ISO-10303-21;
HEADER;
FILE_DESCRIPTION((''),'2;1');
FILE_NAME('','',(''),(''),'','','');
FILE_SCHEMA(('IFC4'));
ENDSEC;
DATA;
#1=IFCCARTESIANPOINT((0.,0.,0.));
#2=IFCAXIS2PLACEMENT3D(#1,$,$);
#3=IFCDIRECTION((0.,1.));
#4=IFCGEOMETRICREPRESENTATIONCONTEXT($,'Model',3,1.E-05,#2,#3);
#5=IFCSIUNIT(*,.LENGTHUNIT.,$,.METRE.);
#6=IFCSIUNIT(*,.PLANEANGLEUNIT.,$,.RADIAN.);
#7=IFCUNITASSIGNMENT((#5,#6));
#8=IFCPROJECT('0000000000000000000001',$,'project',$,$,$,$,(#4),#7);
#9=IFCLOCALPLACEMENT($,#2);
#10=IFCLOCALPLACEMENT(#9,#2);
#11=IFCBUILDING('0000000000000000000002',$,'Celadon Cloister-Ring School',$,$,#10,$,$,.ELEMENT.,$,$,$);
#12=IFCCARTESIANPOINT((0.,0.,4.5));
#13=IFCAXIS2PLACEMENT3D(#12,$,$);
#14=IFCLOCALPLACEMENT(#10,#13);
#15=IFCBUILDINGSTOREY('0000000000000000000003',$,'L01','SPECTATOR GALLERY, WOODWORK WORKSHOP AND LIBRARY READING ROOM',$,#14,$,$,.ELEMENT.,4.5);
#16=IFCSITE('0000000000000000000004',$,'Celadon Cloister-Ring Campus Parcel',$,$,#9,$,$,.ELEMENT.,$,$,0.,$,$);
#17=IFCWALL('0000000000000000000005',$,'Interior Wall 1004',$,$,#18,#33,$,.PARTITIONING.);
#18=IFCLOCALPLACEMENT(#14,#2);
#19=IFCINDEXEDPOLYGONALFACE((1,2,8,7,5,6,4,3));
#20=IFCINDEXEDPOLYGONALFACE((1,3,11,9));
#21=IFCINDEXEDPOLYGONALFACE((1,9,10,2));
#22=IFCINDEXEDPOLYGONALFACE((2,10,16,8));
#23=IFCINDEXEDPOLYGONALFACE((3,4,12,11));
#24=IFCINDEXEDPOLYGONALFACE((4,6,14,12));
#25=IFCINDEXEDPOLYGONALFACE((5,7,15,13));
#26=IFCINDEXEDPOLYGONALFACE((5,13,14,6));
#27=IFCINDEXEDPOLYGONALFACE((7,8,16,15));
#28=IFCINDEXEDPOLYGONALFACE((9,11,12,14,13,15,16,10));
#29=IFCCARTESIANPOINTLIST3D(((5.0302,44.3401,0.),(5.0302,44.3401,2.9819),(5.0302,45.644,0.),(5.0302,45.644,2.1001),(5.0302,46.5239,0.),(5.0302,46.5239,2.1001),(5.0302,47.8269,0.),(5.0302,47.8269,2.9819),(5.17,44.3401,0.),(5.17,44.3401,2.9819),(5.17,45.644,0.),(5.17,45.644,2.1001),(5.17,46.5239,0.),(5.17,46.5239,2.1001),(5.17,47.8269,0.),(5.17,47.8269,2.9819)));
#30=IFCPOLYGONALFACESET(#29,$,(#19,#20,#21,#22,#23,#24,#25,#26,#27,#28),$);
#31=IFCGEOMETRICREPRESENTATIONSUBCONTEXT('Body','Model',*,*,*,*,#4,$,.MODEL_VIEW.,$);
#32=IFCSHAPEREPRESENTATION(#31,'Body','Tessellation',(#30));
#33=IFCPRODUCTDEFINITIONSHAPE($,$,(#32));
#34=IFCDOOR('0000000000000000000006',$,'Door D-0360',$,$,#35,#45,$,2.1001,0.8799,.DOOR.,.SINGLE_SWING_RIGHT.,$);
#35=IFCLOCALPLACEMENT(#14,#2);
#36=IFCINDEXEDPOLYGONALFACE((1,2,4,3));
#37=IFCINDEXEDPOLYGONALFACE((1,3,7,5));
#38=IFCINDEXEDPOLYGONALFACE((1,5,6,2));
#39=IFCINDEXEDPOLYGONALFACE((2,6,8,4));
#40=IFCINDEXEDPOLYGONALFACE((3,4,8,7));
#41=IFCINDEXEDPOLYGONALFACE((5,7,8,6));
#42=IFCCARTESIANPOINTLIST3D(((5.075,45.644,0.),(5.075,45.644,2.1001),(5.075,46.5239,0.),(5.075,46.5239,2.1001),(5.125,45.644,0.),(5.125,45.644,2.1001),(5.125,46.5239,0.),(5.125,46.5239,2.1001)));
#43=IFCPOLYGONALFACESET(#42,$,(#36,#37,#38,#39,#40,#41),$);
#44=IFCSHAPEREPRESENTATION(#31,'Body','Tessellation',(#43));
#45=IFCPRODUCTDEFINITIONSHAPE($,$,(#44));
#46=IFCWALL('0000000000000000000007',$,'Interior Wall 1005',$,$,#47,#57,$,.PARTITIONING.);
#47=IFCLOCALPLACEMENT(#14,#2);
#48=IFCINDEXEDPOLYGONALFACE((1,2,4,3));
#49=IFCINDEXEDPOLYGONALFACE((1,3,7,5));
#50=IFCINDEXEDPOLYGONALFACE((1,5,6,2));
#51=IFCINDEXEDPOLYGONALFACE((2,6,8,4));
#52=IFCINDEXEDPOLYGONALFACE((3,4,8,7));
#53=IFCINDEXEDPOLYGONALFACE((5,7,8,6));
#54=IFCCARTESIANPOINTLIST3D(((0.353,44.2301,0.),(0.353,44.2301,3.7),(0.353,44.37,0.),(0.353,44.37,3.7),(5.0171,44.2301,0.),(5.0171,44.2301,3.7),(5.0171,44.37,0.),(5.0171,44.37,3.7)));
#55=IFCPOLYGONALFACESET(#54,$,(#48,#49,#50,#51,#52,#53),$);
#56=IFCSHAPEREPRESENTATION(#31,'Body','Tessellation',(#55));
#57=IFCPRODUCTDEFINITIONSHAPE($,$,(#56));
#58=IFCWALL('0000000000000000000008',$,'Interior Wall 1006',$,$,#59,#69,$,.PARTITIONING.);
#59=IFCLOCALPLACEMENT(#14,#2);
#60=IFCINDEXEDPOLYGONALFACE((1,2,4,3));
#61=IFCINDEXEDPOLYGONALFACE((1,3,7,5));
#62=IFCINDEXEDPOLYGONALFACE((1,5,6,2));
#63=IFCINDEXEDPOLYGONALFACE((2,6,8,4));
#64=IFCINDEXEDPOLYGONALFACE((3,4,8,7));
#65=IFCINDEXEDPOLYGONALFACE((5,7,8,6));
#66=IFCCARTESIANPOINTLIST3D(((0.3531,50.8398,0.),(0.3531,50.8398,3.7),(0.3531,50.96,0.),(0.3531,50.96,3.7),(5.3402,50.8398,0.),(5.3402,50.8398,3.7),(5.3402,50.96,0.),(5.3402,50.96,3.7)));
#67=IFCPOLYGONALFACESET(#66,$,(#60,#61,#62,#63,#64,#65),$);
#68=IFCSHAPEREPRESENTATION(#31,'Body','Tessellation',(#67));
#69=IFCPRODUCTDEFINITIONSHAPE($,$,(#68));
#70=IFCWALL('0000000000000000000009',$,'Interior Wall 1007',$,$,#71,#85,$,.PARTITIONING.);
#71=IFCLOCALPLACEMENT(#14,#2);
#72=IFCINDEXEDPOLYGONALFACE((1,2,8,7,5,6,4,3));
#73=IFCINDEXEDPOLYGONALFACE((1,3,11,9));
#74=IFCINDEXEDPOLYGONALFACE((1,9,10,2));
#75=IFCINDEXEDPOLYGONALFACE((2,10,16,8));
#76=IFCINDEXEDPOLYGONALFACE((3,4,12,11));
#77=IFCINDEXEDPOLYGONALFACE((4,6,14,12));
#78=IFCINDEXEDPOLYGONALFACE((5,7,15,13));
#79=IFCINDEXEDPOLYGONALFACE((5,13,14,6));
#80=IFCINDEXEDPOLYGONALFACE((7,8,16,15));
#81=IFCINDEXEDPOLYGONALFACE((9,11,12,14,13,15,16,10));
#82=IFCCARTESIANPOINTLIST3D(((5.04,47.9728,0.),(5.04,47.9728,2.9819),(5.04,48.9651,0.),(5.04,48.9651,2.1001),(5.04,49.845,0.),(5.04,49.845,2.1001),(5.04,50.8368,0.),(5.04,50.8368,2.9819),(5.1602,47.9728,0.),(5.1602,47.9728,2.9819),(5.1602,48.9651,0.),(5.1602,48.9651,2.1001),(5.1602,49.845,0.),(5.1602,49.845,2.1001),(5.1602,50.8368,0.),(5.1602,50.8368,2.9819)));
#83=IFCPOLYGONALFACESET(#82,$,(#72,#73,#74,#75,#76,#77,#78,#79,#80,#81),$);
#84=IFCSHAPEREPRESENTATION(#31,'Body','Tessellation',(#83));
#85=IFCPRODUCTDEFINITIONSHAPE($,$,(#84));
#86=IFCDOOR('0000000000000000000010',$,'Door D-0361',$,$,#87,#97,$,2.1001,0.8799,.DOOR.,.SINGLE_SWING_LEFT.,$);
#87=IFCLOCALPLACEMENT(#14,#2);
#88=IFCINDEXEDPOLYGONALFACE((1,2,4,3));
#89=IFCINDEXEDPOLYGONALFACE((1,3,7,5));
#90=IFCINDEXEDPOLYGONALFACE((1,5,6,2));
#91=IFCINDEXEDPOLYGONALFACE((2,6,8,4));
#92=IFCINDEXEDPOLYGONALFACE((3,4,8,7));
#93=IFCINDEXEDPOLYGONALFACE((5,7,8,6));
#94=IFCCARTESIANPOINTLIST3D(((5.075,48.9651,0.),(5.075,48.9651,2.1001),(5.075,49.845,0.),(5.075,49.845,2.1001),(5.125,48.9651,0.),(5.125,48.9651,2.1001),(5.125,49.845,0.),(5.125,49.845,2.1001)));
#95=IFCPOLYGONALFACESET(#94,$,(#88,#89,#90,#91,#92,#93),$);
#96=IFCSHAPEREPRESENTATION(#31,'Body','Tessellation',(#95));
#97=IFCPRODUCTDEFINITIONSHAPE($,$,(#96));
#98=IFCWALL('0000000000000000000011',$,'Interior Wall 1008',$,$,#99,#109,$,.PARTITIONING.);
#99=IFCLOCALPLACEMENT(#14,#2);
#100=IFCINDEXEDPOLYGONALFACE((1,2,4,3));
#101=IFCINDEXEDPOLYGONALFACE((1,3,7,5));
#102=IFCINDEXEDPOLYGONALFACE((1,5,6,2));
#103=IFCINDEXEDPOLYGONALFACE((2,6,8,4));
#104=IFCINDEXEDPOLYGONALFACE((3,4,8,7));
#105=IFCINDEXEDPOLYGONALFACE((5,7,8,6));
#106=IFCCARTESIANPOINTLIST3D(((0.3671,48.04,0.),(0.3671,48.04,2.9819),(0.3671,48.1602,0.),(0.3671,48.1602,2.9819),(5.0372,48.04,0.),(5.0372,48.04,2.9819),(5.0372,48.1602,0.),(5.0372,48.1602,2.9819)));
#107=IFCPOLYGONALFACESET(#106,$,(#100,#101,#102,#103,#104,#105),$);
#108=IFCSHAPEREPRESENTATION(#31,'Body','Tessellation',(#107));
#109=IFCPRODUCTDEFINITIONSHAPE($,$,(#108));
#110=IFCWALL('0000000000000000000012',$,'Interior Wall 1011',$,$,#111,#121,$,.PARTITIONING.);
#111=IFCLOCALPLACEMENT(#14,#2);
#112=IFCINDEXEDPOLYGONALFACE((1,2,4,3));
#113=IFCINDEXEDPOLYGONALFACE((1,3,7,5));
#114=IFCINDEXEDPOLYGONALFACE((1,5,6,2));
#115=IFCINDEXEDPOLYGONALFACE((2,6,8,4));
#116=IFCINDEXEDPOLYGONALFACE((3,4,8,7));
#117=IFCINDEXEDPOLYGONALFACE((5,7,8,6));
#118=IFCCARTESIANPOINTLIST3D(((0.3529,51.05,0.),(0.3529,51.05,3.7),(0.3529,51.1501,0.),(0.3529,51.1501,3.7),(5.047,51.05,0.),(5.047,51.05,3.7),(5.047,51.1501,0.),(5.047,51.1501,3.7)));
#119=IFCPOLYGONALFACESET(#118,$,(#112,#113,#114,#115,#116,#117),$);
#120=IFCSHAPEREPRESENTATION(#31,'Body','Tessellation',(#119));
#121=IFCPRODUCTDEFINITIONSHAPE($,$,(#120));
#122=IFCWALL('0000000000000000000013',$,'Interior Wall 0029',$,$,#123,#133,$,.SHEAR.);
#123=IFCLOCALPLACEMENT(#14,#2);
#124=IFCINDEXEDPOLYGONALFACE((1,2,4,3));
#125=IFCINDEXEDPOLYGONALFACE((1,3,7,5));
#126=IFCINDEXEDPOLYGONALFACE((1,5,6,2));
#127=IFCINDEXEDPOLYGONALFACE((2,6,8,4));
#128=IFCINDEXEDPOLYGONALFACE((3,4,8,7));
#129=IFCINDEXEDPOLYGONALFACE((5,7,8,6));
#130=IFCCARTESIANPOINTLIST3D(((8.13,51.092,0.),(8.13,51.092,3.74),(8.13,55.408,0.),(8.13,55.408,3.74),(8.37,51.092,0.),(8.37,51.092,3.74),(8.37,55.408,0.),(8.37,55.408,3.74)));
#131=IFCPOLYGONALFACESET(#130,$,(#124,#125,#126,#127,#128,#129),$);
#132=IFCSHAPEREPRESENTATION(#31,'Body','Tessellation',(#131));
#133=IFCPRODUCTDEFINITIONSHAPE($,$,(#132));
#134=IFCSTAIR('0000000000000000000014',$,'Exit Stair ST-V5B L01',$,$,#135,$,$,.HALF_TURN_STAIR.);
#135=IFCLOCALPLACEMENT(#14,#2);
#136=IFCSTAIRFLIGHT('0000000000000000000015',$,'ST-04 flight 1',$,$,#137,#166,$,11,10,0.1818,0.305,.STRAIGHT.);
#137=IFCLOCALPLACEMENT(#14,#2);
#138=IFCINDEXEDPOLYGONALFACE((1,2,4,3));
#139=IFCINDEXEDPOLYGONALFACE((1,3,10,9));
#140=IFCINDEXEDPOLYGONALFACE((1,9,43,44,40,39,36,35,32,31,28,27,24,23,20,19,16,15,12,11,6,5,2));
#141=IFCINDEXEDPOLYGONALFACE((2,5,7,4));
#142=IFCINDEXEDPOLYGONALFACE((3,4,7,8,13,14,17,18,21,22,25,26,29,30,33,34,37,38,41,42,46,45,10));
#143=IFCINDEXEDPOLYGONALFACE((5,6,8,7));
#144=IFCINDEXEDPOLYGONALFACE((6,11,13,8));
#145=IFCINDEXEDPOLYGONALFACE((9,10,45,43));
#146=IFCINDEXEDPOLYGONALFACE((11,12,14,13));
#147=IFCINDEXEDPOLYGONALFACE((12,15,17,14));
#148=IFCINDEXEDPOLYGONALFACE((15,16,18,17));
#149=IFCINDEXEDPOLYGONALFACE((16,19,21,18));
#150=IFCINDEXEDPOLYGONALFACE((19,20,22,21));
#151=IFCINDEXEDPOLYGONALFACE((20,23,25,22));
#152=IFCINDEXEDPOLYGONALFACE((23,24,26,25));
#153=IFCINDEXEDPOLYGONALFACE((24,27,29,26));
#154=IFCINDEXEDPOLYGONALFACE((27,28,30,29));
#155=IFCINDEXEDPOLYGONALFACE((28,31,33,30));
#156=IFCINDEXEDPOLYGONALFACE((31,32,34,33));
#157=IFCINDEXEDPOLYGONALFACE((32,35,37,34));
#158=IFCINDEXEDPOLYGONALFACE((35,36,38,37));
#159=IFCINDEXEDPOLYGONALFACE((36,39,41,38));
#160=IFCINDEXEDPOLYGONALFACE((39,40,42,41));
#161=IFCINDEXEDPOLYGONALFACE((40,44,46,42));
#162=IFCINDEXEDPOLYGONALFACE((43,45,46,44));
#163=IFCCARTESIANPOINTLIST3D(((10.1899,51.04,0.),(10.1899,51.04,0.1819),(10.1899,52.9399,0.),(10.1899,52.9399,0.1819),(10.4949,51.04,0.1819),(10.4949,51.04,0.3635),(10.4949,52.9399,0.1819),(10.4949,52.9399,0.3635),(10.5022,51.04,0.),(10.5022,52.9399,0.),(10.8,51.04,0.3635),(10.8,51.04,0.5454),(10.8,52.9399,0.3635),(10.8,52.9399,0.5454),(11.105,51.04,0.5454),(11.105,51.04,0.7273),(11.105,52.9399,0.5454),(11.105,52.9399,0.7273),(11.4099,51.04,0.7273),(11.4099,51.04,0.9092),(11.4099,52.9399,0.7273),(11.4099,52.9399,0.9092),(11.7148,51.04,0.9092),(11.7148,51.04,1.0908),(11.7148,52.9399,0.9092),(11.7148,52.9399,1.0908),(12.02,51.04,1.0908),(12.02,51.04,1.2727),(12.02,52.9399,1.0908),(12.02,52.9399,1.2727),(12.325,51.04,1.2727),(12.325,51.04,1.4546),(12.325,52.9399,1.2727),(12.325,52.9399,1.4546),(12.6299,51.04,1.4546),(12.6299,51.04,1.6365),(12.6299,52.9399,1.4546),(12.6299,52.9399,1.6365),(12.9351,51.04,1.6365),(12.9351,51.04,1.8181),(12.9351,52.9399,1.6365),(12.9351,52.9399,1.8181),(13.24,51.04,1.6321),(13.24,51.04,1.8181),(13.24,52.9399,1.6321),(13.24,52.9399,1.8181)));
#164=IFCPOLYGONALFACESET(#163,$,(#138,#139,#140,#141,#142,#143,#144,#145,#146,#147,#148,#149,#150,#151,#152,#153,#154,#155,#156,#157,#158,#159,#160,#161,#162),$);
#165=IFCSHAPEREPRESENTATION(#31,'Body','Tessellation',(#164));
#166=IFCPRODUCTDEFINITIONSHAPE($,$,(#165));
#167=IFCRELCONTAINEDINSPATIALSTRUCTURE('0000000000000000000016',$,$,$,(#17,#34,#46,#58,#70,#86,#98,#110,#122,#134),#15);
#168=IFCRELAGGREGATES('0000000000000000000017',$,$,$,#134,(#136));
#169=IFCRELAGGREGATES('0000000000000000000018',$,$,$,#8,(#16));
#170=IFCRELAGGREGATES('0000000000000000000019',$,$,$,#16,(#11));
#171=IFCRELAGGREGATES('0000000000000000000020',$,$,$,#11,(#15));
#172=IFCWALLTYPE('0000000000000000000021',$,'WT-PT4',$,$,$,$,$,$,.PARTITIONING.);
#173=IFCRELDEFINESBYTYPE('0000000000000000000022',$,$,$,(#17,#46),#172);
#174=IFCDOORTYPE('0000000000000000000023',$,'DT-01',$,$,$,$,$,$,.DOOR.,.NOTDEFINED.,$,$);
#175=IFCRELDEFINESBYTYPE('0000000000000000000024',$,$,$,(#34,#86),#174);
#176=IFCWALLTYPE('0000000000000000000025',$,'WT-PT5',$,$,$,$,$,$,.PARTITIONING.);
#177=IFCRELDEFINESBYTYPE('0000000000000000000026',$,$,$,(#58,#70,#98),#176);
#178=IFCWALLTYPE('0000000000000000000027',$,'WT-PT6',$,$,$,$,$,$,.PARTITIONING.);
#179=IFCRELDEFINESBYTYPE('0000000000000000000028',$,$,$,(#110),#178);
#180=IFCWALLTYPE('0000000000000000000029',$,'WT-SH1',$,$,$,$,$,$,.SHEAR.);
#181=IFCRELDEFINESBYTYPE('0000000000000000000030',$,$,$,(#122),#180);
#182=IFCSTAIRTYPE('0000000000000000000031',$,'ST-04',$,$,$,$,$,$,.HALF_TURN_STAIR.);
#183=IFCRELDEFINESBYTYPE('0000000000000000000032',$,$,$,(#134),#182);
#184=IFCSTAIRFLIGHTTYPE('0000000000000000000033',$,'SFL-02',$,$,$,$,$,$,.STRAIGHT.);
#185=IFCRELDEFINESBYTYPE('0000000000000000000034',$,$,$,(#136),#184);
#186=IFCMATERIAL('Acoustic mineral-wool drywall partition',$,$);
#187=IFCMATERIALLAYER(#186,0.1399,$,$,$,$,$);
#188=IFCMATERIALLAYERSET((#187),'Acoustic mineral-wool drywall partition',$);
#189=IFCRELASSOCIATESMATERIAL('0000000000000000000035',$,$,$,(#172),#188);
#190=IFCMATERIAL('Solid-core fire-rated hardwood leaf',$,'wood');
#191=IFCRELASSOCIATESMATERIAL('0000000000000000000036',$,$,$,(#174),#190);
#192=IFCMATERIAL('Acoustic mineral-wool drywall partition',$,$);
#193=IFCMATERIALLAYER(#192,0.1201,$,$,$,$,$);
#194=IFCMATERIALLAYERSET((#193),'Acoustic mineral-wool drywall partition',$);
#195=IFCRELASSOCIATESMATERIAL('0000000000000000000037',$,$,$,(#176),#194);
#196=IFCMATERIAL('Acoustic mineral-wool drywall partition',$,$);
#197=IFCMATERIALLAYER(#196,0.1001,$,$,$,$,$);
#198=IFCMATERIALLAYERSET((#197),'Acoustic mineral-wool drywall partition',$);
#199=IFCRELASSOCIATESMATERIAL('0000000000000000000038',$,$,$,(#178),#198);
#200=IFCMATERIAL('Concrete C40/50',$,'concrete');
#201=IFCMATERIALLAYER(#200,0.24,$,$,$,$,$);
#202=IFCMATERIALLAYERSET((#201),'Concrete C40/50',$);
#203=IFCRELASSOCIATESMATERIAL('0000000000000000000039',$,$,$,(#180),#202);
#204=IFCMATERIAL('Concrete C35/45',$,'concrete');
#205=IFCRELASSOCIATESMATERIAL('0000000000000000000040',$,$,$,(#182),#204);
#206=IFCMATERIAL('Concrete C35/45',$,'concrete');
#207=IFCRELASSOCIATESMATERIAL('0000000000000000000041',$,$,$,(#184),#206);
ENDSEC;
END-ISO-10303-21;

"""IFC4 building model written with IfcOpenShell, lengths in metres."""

from ifc_helpers import new_model, si_unit, direction, frame, frame_2d, origin, place, context, subcontext, project, spatial, polyline, rectangle, outline, extrude, material, layer, layer_set, type_object, element, fill, aggregate, save


model = new_model("IFC4")

# Units and contexts
model_context = context("Model", 3, precision=1e-05, world=origin(), true_north=direction((0.0, 1.0)))
body_context = subcontext(model_context, "Body", "Model", "MODEL_VIEW")
ifc_project = project(units=[si_unit("LENGTHUNIT", "METRE"), si_unit("PLANEANGLEUNIT", "RADIAN")], contexts=[model_context])

# Site, building, storey
site_placement = place(None, origin())
site = spatial("IfcSite", under=ifc_project, at=site_placement, Name="Celadon Cloister-Ring Campus Parcel", CompositionType="ELEMENT", RefElevation=0.0)
building_placement = place(site_placement, origin())
building = spatial("IfcBuilding", under=site, at=building_placement, Name="Celadon Cloister-Ring School", CompositionType="ELEMENT")
storey_placement = place(building_placement, frame((0.0, 0.0, 4.5)))
storey = spatial("IfcBuildingStorey", under=building, at=storey_placement, Name="L01", Description="SPECTATOR GALLERY, WOODWORK WORKSHOP AND LIBRARY READING ROOM", CompositionType="ELEMENT", Elevation=4.5)

# Shared definitions
ifc_material_1 = material(Name="Acoustic mineral-wool drywall partition")
ifc_layer_1 = layer(ifc_material_1, 0.1399)
ifc_layer_set_1 = layer_set([ifc_layer_1], Name="Acoustic mineral-wool drywall partition")
wall_type_1 = type_object("IfcWallType", Name="WT-PT4", PredefinedType="PARTITIONING", material=ifc_layer_set_1)

# Wall, opening, door
wall_1_placement = place(storey_placement, frame((5.1001, 47.8269, 0.0), z_axis=(0.0, 0.0, 1.0), x_axis=(0.0, -1.0, 0.0)))
wall_1 = element("IfcWall", 1, at=wall_1_placement, inside=storey, type_object=wall_type_1, Name="Interior Wall 1004", PredefinedType="PARTITIONING", context=body_context, shape_type="SweptSolid", body=[
    extrude(rectangle(XDim=3.4868, YDim=0.1399, at=frame_2d((1.7434, 0.0))), origin(), (0.0, 0.0, 1.0), 2.9819),
])
opening_1_placement = place(wall_1_placement, frame((1.303, 0.0, 0.0)))
opening_1 = element("IfcOpeningElement", 2, at=opening_1_placement, cuts=wall_1, PredefinedType="OPENING", context=body_context, shape_type="SweptSolid", body=[
    extrude(rectangle(XDim=0.8799, YDim=2.1001, at=frame_2d((0.4399, 1.05))), frame((0.0, 0.0801, 0.0), z_axis=(0.0, -1.0, 0.0), x_axis=(1.0, 0.0, 0.0)), (0.0, 0.0, 1.0), 0.1599),
])
ifc_material_2 = material(Name="Solid-core fire-rated hardwood leaf", Category="wood")
door_type_1 = type_object("IfcDoorType", Name="DT-01", OperationType="NOTDEFINED", PredefinedType="DOOR", material=ifc_material_2)
door_1_placement = place(opening_1_placement, origin())
door_1 = element("IfcDoor", 3, at=door_1_placement, inside=storey, type_object=door_type_1, Name="Door D-0360", OperationType="SINGLE_SWING_RIGHT", OverallHeight=2.1001, OverallWidth=0.8799, PredefinedType="DOOR", context=body_context, shape_type="SweptSolid", body=[
    extrude(rectangle(XDim=0.8799, YDim=2.1001, at=frame_2d((0.4399, 1.05))), frame((0.0, 0.0249, 0.0), z_axis=(0.0, -1.0, 0.0), x_axis=(1.0, 0.0, 0.0)), (0.0, 0.0, 1.0), 0.05),
])
fill(opening_1, door_1)

# Walls
wall_2_placement = place(storey_placement, frame((5.0171, 44.3, 0.0), z_axis=(0.0, 0.0, 1.0), x_axis=(-1.0, 0.0, 0.0)))
element("IfcWall", 4, at=wall_2_placement, inside=storey, type_object=wall_type_1, Name="Interior Wall 1005", PredefinedType="PARTITIONING", context=body_context, shape_type="SweptSolid", body=[
    extrude(rectangle(XDim=4.6641, YDim=0.1399, at=frame_2d((2.332, 0.0))), origin(), (0.0, 0.0, 1.0), 3.7),
])
ifc_material_3 = material(Name="Acoustic mineral-wool drywall partition")
ifc_layer_2 = layer(ifc_material_3, 0.1201)
ifc_layer_set_2 = layer_set([ifc_layer_2], Name="Acoustic mineral-wool drywall partition")
wall_type_2 = type_object("IfcWallType", Name="WT-PT5", PredefinedType="PARTITIONING", material=ifc_layer_set_2)
wall_3_placement = place(storey_placement, frame((0.353, 50.8999, 0.0), z_axis=(0.0, 0.0, 1.0), x_axis=(1.0, 0.0, 0.0)))
element("IfcWall", 5, at=wall_3_placement, inside=storey, type_object=wall_type_2, Name="Interior Wall 1006", PredefinedType="PARTITIONING", context=body_context, shape_type="SweptSolid", body=[
    extrude(rectangle(XDim=4.9871, YDim=0.1201, at=frame_2d((2.4937, 0.0))), origin(), (0.0, 0.0, 1.0), 3.7),
])

# Wall, opening, door
wall_4_placement = place(storey_placement, frame((5.1001, 50.8369, 0.0), z_axis=(0.0, 0.0, 1.0), x_axis=(0.0, -1.0, 0.0)))
wall_4 = element("IfcWall", 6, at=wall_4_placement, inside=storey, type_object=wall_type_2, Name="Interior Wall 1007", PredefinedType="PARTITIONING", context=body_context, shape_type="SweptSolid", body=[
    extrude(rectangle(XDim=2.864, YDim=0.1201, at=frame_2d((1.4321, 0.0))), origin(), (0.0, 0.0, 1.0), 2.9819),
])
opening_2_placement = place(wall_4_placement, frame((0.9919, 0.0, 0.0)))
opening_2 = element("IfcOpeningElement", 7, at=opening_2_placement, cuts=wall_4, PredefinedType="OPENING", context=body_context, shape_type="SweptSolid", body=[
    extrude(rectangle(XDim=0.8799, YDim=2.1001, at=frame_2d((0.4399, 1.05))), frame((0.0, 0.0701, 0.0), z_axis=(0.0, -1.0, 0.0), x_axis=(1.0, 0.0, 0.0)), (0.0, 0.0, 1.0), 0.1401),
])
door_2_placement = place(opening_2_placement, origin())
door_2 = element("IfcDoor", 8, at=door_2_placement, inside=storey, type_object=door_type_1, Name="Door D-0361", OperationType="SINGLE_SWING_LEFT", OverallHeight=2.1001, OverallWidth=0.8799, PredefinedType="DOOR", context=body_context, shape_type="SweptSolid", body=[
    extrude(rectangle(XDim=0.8799, YDim=2.1001, at=frame_2d((0.4399, 1.05))), frame((0.0, 0.0249, 0.0), z_axis=(0.0, -1.0, 0.0), x_axis=(1.0, 0.0, 0.0)), (0.0, 0.0, 1.0), 0.05),
])
fill(opening_2, door_2)

# Walls
wall_5_placement = place(storey_placement, frame((5.0371, 48.1001, 0.0), z_axis=(0.0, 0.0, 1.0), x_axis=(-1.0, 0.0, 0.0)))
element("IfcWall", 9, at=wall_5_placement, inside=storey, type_object=wall_type_2, Name="Interior Wall 1008", PredefinedType="PARTITIONING", context=body_context, shape_type="SweptSolid", body=[
    extrude(rectangle(XDim=4.6702, YDim=0.1201, at=frame_2d((2.335, 0.0))), origin(), (0.0, 0.0, 1.0), 2.9819),
])
ifc_material_4 = material(Name="Acoustic mineral-wool drywall partition")
ifc_layer_3 = layer(ifc_material_4, 0.1001)
ifc_layer_set_3 = layer_set([ifc_layer_3], Name="Acoustic mineral-wool drywall partition")
wall_type_3 = type_object("IfcWallType", Name="WT-PT6", PredefinedType="PARTITIONING", material=ifc_layer_set_3)
wall_6_placement = place(storey_placement, frame((5.0471, 51.1001, 0.0), z_axis=(0.0, 0.0, 1.0), x_axis=(-1.0, 0.0, 0.0)))
element("IfcWall", 10, at=wall_6_placement, inside=storey, type_object=wall_type_3, Name="Interior Wall 1011", PredefinedType="PARTITIONING", context=body_context, shape_type="SweptSolid", body=[
    extrude(rectangle(XDim=4.6941, YDim=0.1001, at=frame_2d((2.3472, 0.0))), origin(), (0.0, 0.0, 1.0), 3.7),
])
ifc_material_5 = material(Name="Concrete C40/50", Category="concrete")
ifc_layer_4 = layer(ifc_material_5, 0.24)
ifc_layer_set_4 = layer_set([ifc_layer_4], Name="Concrete C40/50")
wall_type_4 = type_object("IfcWallType", Name="WT-SH1", PredefinedType="SHEAR", material=ifc_layer_set_4)
wall_7_placement = place(storey_placement, frame((8.25, 51.092, 0.0), z_axis=(0.0, 0.0, 1.0), x_axis=(0.0, 1.0, 0.0)))
element("IfcWall", 11, at=wall_7_placement, inside=storey, type_object=wall_type_4, Name="Interior Wall 0029", PredefinedType="SHEAR", context=body_context, shape_type="SweptSolid", body=[
    extrude(rectangle(XDim=4.3159, YDim=0.24, at=frame_2d((2.158, 0.0))), origin(), (0.0, 0.0, 1.0), 3.74),
])

# Stair, stair flight
ifc_material_6 = material(Name="Concrete C35/45", Category="concrete")
stair_type = type_object("IfcStairType", Name="ST-04", PredefinedType="HALF_TURN_STAIR", material=ifc_material_6)
stair_placement = place(storey_placement, origin())
stair = element("IfcStair", 12, at=stair_placement, inside=storey, type_object=stair_type, Name="Exit Stair ST-V5B L01", PredefinedType="HALF_TURN_STAIR")
ifc_material_7 = material(Name="Concrete C35/45", Category="concrete")
stair_flight_type = type_object("IfcStairFlightType", Name="SFL-02", PredefinedType="STRAIGHT", material=ifc_material_7)
stair_flight_1_placement = place(storey_placement, frame((10.1899, 51.99, 0.0), z_axis=(0.0, 0.0, 1.0), x_axis=(1.0, 0.0, 0.0)))
stair_flight_1 = element("IfcStairFlight", 13, at=stair_flight_1_placement, type_object=stair_flight_type, Name="ST-04 flight 1", NumberOfRisers=11, NumberOfTreads=10, PredefinedType="STRAIGHT", RiserHeight=0.1818, TreadLength=0.305, context=body_context, shape_type="SweptSolid", body=[
    extrude(outline(polyline([(0.0, 0.0), (0.0, 0.1819), (0.3049, 0.1819), (0.3049, 0.3635), (0.6101, 0.3635), (0.6101, 0.5454), (0.915, 0.5454), (0.915, 0.7273), (1.22, 0.7273), (1.22, 0.9092), (1.5249, 0.9092), (1.5249, 1.0908), (1.8301, 1.0908), (1.8301, 1.2727), (2.135, 1.2727), (2.135, 1.4546), (2.4399, 1.4546), (2.4399, 1.6365), (2.7451, 1.6365), (2.7451, 1.8181), (3.05, 1.8181), (3.05, 2.0), (3.05, 1.6321), (0.3123, 0.0), (0.0, 0.0)])), frame((0.0, 0.95, 0.0), z_axis=(0.0, -1.0, 0.0), x_axis=(1.0, 0.0, 0.0)), (0.0, 0.0, 1.0), 1.8999),
])
aggregate(stair, [stair_flight_1])

save(model, "model.ifc")
